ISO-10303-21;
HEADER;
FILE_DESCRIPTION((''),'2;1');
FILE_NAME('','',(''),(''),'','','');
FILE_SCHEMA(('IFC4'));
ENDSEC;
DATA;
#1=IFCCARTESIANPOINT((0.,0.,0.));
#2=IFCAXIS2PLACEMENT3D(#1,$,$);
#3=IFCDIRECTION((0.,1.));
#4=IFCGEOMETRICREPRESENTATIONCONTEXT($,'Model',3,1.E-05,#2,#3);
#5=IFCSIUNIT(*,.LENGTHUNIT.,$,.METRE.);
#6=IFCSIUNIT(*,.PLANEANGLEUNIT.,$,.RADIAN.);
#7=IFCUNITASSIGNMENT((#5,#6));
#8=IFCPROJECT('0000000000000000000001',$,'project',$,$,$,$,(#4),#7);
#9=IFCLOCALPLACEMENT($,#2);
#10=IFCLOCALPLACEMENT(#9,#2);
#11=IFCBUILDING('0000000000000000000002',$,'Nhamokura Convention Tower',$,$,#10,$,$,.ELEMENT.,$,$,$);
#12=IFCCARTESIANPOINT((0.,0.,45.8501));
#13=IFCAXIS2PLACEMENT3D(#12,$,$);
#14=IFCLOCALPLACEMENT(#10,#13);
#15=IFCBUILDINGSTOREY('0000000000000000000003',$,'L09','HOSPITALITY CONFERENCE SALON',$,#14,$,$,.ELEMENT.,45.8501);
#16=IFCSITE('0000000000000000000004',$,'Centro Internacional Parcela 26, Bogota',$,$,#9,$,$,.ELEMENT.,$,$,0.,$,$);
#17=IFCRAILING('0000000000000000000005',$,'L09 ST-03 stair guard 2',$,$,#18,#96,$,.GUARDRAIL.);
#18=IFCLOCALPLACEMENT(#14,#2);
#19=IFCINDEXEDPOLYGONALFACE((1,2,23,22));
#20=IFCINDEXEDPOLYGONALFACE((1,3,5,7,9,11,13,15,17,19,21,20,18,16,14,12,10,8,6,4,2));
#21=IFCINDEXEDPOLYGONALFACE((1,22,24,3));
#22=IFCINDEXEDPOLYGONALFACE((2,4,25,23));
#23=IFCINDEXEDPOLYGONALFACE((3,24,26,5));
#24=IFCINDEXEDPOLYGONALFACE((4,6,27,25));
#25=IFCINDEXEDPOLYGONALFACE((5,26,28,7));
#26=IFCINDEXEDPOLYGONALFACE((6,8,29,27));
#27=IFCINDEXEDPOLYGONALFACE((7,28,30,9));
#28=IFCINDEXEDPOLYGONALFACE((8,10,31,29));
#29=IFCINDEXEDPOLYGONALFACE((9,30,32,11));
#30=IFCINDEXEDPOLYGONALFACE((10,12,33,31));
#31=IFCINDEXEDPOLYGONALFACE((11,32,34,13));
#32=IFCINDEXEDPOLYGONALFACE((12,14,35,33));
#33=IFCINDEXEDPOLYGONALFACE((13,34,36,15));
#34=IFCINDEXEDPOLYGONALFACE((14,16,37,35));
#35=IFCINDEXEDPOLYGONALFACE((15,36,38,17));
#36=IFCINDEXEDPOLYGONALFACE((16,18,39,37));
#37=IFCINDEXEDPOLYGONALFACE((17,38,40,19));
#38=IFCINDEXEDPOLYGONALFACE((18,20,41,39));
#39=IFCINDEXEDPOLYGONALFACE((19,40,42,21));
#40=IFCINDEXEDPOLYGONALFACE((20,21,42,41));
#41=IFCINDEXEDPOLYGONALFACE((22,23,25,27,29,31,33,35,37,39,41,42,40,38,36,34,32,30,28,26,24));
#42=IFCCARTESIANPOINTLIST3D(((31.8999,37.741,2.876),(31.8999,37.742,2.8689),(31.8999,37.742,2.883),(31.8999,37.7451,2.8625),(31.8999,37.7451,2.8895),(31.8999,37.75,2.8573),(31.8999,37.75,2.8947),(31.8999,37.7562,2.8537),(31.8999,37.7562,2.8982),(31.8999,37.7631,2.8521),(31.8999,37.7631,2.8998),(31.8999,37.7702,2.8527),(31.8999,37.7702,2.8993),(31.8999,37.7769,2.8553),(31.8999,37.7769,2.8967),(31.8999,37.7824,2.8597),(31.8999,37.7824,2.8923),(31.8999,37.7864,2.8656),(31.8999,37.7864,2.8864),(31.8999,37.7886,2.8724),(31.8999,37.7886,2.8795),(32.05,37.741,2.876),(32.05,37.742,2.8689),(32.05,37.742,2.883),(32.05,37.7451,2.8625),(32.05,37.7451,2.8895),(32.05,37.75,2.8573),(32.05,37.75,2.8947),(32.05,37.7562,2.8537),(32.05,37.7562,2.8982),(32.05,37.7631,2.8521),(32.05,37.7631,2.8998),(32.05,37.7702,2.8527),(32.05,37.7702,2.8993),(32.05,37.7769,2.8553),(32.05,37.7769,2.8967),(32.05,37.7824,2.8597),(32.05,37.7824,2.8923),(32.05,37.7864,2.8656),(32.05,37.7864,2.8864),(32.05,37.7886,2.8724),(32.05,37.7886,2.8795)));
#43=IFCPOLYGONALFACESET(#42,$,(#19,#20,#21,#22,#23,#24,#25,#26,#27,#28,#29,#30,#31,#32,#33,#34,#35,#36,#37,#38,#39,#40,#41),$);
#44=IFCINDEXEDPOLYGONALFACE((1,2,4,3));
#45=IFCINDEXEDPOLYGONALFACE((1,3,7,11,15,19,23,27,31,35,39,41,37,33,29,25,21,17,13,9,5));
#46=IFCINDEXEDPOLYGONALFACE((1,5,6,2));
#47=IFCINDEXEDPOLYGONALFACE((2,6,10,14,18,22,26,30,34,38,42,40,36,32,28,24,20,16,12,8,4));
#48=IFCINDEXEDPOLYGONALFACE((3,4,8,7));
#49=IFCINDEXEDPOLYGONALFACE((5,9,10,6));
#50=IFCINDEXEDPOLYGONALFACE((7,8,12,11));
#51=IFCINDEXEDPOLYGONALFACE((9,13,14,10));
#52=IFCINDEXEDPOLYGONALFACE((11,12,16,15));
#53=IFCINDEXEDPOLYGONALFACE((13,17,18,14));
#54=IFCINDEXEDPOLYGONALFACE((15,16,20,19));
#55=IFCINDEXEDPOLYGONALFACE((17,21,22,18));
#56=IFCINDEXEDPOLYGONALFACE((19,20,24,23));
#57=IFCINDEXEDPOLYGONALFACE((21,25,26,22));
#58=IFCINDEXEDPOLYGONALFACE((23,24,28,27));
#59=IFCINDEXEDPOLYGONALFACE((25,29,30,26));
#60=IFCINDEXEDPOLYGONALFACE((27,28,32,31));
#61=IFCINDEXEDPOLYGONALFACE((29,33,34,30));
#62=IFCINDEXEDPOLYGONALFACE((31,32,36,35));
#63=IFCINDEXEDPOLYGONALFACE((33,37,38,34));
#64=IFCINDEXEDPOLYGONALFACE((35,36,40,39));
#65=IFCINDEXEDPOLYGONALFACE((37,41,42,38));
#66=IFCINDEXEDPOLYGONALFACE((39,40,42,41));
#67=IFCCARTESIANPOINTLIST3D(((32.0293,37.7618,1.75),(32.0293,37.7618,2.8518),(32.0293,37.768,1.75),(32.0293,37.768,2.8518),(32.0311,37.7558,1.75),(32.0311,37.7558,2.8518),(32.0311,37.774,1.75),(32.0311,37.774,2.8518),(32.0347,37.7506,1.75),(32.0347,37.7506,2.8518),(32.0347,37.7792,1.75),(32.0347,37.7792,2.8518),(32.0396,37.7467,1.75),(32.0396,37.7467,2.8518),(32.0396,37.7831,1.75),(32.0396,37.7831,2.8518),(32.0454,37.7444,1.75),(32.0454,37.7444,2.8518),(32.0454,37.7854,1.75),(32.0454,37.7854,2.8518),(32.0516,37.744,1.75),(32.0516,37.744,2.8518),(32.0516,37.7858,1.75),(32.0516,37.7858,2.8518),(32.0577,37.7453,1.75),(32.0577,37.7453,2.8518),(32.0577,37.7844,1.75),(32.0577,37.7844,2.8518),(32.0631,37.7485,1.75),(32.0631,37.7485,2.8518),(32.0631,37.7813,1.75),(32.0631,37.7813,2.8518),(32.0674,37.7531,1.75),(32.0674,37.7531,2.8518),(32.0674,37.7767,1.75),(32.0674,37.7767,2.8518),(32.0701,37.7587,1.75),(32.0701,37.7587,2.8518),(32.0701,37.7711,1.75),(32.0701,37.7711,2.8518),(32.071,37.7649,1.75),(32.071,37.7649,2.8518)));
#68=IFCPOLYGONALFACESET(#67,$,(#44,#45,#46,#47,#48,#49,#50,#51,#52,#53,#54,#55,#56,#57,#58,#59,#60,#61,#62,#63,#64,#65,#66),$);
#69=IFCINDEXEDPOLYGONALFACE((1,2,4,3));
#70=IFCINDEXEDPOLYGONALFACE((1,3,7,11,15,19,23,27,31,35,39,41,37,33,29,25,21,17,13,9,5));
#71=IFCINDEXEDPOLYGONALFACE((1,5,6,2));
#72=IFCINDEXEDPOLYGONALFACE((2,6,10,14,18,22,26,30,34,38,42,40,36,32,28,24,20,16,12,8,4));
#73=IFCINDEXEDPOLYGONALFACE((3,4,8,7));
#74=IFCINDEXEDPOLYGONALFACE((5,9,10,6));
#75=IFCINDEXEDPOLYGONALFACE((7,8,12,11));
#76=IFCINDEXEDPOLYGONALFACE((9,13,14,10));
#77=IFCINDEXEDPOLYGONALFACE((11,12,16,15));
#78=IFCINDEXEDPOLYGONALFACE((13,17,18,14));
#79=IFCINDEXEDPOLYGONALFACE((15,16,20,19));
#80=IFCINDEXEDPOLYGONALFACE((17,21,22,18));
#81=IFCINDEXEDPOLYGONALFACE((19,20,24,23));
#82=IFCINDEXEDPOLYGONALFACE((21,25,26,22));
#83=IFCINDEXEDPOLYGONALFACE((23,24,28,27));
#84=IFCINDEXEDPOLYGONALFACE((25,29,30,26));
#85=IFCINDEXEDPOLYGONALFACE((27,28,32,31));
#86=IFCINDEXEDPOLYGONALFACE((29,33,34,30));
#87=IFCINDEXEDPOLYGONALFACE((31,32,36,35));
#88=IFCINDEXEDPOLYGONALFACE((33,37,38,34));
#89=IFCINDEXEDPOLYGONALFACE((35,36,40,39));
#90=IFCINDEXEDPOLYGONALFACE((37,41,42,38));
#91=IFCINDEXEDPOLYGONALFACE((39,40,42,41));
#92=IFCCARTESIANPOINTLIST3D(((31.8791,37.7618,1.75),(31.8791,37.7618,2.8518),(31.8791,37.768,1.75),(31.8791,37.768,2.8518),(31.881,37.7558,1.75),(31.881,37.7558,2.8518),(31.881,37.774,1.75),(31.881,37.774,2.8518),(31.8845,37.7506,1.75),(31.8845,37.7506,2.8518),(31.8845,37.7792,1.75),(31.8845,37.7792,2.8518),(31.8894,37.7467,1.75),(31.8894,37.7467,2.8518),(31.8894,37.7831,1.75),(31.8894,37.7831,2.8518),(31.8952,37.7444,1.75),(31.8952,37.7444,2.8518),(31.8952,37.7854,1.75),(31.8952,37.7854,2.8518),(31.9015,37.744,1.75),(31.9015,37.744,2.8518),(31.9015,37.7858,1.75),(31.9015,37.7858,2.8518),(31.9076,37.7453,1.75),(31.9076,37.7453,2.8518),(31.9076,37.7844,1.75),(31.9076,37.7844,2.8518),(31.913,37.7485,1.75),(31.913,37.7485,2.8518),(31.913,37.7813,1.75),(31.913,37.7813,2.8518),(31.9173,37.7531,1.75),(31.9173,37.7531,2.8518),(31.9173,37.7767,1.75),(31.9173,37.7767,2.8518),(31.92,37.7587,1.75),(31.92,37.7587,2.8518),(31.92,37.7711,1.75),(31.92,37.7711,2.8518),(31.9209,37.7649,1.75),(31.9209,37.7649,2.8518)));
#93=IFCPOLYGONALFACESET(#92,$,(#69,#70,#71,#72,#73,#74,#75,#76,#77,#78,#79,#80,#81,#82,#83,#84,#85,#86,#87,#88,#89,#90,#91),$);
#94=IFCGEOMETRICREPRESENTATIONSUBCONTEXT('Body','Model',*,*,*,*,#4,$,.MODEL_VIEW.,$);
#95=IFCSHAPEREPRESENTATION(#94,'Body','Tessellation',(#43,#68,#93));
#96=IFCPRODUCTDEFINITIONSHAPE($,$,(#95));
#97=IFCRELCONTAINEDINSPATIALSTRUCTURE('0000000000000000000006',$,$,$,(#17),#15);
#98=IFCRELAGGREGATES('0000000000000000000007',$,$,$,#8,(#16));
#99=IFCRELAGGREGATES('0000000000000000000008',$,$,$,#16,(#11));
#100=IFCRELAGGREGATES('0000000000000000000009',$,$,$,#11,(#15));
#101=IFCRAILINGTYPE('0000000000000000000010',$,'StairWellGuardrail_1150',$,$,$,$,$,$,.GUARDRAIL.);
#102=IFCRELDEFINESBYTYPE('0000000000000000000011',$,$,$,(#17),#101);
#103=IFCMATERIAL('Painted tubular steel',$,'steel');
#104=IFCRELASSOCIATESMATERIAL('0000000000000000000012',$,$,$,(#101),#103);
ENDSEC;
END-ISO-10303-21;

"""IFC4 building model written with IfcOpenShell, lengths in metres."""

from ifc_helpers import new_model, si_unit, direction, frame, origin, origin_2d, place, context, subcontext, project, spatial, circle, extrude, material, type_object, element, save


model = new_model("IFC4")

# Units and contexts
model_context = context("Model", 3, precision=1e-05, world=origin(), true_north=direction((0.0, 1.0)))
body_context = subcontext(model_context, "Body", "Model", "MODEL_VIEW")
ifc_project = project(units=[si_unit("LENGTHUNIT", "METRE"), si_unit("PLANEANGLEUNIT", "RADIAN")], contexts=[model_context])

# Site, building, storey
site_placement = place(None, origin())
site = spatial("IfcSite", under=ifc_project, at=site_placement, Name="Centro Internacional Parcela 26, Bogota", CompositionType="ELEMENT", RefElevation=0.0)
building_placement = place(site_placement, origin())
building = spatial("IfcBuilding", under=site, at=building_placement, Name="Nhamokura Convention Tower", CompositionType="ELEMENT")
storey_placement = place(building_placement, frame((0.0, 0.0, 45.8501)))
storey = spatial("IfcBuildingStorey", under=building, at=storey_placement, Name="L09", Description="HOSPITALITY CONFERENCE SALON", CompositionType="ELEMENT", Elevation=45.8501)

# Railing
ifc_material_1 = material(Name="Painted tubular steel", Category="steel")
railing_type_1 = type_object("IfcRailingType", Name="StairWellGuardrail_1150", PredefinedType="GUARDRAIL", material=ifc_material_1)
railing_1_placement = place(storey_placement, frame((32.05, 37.7649, 1.75)))
element("IfcRailing", 1, at=railing_1_placement, inside=storey, type_object=railing_type_1, Name="L09 ST-03 stair guard 2", PredefinedType="GUARDRAIL", context=body_context, shape_type="SweptSolid", body=[
    extrude(circle(Radius=0.0239, at=origin_2d()), frame((0.0, 0.0, 1.126), z_axis=(-1.0, 0.0, 0.0), x_axis=(0.0, -1.0, 0.0)), (0.0, 0.0, 1.0), 0.1501),
    extrude(circle(Radius=0.021, at=origin_2d()), origin(), (0.0, 0.0, 1.0), 1.1018),
    extrude(circle(Radius=0.021, at=origin_2d()), frame((-0.1501, 0.0, 0.0)), (0.0, 0.0, 1.0), 1.1018),
])

save(model, "model.ifc")
